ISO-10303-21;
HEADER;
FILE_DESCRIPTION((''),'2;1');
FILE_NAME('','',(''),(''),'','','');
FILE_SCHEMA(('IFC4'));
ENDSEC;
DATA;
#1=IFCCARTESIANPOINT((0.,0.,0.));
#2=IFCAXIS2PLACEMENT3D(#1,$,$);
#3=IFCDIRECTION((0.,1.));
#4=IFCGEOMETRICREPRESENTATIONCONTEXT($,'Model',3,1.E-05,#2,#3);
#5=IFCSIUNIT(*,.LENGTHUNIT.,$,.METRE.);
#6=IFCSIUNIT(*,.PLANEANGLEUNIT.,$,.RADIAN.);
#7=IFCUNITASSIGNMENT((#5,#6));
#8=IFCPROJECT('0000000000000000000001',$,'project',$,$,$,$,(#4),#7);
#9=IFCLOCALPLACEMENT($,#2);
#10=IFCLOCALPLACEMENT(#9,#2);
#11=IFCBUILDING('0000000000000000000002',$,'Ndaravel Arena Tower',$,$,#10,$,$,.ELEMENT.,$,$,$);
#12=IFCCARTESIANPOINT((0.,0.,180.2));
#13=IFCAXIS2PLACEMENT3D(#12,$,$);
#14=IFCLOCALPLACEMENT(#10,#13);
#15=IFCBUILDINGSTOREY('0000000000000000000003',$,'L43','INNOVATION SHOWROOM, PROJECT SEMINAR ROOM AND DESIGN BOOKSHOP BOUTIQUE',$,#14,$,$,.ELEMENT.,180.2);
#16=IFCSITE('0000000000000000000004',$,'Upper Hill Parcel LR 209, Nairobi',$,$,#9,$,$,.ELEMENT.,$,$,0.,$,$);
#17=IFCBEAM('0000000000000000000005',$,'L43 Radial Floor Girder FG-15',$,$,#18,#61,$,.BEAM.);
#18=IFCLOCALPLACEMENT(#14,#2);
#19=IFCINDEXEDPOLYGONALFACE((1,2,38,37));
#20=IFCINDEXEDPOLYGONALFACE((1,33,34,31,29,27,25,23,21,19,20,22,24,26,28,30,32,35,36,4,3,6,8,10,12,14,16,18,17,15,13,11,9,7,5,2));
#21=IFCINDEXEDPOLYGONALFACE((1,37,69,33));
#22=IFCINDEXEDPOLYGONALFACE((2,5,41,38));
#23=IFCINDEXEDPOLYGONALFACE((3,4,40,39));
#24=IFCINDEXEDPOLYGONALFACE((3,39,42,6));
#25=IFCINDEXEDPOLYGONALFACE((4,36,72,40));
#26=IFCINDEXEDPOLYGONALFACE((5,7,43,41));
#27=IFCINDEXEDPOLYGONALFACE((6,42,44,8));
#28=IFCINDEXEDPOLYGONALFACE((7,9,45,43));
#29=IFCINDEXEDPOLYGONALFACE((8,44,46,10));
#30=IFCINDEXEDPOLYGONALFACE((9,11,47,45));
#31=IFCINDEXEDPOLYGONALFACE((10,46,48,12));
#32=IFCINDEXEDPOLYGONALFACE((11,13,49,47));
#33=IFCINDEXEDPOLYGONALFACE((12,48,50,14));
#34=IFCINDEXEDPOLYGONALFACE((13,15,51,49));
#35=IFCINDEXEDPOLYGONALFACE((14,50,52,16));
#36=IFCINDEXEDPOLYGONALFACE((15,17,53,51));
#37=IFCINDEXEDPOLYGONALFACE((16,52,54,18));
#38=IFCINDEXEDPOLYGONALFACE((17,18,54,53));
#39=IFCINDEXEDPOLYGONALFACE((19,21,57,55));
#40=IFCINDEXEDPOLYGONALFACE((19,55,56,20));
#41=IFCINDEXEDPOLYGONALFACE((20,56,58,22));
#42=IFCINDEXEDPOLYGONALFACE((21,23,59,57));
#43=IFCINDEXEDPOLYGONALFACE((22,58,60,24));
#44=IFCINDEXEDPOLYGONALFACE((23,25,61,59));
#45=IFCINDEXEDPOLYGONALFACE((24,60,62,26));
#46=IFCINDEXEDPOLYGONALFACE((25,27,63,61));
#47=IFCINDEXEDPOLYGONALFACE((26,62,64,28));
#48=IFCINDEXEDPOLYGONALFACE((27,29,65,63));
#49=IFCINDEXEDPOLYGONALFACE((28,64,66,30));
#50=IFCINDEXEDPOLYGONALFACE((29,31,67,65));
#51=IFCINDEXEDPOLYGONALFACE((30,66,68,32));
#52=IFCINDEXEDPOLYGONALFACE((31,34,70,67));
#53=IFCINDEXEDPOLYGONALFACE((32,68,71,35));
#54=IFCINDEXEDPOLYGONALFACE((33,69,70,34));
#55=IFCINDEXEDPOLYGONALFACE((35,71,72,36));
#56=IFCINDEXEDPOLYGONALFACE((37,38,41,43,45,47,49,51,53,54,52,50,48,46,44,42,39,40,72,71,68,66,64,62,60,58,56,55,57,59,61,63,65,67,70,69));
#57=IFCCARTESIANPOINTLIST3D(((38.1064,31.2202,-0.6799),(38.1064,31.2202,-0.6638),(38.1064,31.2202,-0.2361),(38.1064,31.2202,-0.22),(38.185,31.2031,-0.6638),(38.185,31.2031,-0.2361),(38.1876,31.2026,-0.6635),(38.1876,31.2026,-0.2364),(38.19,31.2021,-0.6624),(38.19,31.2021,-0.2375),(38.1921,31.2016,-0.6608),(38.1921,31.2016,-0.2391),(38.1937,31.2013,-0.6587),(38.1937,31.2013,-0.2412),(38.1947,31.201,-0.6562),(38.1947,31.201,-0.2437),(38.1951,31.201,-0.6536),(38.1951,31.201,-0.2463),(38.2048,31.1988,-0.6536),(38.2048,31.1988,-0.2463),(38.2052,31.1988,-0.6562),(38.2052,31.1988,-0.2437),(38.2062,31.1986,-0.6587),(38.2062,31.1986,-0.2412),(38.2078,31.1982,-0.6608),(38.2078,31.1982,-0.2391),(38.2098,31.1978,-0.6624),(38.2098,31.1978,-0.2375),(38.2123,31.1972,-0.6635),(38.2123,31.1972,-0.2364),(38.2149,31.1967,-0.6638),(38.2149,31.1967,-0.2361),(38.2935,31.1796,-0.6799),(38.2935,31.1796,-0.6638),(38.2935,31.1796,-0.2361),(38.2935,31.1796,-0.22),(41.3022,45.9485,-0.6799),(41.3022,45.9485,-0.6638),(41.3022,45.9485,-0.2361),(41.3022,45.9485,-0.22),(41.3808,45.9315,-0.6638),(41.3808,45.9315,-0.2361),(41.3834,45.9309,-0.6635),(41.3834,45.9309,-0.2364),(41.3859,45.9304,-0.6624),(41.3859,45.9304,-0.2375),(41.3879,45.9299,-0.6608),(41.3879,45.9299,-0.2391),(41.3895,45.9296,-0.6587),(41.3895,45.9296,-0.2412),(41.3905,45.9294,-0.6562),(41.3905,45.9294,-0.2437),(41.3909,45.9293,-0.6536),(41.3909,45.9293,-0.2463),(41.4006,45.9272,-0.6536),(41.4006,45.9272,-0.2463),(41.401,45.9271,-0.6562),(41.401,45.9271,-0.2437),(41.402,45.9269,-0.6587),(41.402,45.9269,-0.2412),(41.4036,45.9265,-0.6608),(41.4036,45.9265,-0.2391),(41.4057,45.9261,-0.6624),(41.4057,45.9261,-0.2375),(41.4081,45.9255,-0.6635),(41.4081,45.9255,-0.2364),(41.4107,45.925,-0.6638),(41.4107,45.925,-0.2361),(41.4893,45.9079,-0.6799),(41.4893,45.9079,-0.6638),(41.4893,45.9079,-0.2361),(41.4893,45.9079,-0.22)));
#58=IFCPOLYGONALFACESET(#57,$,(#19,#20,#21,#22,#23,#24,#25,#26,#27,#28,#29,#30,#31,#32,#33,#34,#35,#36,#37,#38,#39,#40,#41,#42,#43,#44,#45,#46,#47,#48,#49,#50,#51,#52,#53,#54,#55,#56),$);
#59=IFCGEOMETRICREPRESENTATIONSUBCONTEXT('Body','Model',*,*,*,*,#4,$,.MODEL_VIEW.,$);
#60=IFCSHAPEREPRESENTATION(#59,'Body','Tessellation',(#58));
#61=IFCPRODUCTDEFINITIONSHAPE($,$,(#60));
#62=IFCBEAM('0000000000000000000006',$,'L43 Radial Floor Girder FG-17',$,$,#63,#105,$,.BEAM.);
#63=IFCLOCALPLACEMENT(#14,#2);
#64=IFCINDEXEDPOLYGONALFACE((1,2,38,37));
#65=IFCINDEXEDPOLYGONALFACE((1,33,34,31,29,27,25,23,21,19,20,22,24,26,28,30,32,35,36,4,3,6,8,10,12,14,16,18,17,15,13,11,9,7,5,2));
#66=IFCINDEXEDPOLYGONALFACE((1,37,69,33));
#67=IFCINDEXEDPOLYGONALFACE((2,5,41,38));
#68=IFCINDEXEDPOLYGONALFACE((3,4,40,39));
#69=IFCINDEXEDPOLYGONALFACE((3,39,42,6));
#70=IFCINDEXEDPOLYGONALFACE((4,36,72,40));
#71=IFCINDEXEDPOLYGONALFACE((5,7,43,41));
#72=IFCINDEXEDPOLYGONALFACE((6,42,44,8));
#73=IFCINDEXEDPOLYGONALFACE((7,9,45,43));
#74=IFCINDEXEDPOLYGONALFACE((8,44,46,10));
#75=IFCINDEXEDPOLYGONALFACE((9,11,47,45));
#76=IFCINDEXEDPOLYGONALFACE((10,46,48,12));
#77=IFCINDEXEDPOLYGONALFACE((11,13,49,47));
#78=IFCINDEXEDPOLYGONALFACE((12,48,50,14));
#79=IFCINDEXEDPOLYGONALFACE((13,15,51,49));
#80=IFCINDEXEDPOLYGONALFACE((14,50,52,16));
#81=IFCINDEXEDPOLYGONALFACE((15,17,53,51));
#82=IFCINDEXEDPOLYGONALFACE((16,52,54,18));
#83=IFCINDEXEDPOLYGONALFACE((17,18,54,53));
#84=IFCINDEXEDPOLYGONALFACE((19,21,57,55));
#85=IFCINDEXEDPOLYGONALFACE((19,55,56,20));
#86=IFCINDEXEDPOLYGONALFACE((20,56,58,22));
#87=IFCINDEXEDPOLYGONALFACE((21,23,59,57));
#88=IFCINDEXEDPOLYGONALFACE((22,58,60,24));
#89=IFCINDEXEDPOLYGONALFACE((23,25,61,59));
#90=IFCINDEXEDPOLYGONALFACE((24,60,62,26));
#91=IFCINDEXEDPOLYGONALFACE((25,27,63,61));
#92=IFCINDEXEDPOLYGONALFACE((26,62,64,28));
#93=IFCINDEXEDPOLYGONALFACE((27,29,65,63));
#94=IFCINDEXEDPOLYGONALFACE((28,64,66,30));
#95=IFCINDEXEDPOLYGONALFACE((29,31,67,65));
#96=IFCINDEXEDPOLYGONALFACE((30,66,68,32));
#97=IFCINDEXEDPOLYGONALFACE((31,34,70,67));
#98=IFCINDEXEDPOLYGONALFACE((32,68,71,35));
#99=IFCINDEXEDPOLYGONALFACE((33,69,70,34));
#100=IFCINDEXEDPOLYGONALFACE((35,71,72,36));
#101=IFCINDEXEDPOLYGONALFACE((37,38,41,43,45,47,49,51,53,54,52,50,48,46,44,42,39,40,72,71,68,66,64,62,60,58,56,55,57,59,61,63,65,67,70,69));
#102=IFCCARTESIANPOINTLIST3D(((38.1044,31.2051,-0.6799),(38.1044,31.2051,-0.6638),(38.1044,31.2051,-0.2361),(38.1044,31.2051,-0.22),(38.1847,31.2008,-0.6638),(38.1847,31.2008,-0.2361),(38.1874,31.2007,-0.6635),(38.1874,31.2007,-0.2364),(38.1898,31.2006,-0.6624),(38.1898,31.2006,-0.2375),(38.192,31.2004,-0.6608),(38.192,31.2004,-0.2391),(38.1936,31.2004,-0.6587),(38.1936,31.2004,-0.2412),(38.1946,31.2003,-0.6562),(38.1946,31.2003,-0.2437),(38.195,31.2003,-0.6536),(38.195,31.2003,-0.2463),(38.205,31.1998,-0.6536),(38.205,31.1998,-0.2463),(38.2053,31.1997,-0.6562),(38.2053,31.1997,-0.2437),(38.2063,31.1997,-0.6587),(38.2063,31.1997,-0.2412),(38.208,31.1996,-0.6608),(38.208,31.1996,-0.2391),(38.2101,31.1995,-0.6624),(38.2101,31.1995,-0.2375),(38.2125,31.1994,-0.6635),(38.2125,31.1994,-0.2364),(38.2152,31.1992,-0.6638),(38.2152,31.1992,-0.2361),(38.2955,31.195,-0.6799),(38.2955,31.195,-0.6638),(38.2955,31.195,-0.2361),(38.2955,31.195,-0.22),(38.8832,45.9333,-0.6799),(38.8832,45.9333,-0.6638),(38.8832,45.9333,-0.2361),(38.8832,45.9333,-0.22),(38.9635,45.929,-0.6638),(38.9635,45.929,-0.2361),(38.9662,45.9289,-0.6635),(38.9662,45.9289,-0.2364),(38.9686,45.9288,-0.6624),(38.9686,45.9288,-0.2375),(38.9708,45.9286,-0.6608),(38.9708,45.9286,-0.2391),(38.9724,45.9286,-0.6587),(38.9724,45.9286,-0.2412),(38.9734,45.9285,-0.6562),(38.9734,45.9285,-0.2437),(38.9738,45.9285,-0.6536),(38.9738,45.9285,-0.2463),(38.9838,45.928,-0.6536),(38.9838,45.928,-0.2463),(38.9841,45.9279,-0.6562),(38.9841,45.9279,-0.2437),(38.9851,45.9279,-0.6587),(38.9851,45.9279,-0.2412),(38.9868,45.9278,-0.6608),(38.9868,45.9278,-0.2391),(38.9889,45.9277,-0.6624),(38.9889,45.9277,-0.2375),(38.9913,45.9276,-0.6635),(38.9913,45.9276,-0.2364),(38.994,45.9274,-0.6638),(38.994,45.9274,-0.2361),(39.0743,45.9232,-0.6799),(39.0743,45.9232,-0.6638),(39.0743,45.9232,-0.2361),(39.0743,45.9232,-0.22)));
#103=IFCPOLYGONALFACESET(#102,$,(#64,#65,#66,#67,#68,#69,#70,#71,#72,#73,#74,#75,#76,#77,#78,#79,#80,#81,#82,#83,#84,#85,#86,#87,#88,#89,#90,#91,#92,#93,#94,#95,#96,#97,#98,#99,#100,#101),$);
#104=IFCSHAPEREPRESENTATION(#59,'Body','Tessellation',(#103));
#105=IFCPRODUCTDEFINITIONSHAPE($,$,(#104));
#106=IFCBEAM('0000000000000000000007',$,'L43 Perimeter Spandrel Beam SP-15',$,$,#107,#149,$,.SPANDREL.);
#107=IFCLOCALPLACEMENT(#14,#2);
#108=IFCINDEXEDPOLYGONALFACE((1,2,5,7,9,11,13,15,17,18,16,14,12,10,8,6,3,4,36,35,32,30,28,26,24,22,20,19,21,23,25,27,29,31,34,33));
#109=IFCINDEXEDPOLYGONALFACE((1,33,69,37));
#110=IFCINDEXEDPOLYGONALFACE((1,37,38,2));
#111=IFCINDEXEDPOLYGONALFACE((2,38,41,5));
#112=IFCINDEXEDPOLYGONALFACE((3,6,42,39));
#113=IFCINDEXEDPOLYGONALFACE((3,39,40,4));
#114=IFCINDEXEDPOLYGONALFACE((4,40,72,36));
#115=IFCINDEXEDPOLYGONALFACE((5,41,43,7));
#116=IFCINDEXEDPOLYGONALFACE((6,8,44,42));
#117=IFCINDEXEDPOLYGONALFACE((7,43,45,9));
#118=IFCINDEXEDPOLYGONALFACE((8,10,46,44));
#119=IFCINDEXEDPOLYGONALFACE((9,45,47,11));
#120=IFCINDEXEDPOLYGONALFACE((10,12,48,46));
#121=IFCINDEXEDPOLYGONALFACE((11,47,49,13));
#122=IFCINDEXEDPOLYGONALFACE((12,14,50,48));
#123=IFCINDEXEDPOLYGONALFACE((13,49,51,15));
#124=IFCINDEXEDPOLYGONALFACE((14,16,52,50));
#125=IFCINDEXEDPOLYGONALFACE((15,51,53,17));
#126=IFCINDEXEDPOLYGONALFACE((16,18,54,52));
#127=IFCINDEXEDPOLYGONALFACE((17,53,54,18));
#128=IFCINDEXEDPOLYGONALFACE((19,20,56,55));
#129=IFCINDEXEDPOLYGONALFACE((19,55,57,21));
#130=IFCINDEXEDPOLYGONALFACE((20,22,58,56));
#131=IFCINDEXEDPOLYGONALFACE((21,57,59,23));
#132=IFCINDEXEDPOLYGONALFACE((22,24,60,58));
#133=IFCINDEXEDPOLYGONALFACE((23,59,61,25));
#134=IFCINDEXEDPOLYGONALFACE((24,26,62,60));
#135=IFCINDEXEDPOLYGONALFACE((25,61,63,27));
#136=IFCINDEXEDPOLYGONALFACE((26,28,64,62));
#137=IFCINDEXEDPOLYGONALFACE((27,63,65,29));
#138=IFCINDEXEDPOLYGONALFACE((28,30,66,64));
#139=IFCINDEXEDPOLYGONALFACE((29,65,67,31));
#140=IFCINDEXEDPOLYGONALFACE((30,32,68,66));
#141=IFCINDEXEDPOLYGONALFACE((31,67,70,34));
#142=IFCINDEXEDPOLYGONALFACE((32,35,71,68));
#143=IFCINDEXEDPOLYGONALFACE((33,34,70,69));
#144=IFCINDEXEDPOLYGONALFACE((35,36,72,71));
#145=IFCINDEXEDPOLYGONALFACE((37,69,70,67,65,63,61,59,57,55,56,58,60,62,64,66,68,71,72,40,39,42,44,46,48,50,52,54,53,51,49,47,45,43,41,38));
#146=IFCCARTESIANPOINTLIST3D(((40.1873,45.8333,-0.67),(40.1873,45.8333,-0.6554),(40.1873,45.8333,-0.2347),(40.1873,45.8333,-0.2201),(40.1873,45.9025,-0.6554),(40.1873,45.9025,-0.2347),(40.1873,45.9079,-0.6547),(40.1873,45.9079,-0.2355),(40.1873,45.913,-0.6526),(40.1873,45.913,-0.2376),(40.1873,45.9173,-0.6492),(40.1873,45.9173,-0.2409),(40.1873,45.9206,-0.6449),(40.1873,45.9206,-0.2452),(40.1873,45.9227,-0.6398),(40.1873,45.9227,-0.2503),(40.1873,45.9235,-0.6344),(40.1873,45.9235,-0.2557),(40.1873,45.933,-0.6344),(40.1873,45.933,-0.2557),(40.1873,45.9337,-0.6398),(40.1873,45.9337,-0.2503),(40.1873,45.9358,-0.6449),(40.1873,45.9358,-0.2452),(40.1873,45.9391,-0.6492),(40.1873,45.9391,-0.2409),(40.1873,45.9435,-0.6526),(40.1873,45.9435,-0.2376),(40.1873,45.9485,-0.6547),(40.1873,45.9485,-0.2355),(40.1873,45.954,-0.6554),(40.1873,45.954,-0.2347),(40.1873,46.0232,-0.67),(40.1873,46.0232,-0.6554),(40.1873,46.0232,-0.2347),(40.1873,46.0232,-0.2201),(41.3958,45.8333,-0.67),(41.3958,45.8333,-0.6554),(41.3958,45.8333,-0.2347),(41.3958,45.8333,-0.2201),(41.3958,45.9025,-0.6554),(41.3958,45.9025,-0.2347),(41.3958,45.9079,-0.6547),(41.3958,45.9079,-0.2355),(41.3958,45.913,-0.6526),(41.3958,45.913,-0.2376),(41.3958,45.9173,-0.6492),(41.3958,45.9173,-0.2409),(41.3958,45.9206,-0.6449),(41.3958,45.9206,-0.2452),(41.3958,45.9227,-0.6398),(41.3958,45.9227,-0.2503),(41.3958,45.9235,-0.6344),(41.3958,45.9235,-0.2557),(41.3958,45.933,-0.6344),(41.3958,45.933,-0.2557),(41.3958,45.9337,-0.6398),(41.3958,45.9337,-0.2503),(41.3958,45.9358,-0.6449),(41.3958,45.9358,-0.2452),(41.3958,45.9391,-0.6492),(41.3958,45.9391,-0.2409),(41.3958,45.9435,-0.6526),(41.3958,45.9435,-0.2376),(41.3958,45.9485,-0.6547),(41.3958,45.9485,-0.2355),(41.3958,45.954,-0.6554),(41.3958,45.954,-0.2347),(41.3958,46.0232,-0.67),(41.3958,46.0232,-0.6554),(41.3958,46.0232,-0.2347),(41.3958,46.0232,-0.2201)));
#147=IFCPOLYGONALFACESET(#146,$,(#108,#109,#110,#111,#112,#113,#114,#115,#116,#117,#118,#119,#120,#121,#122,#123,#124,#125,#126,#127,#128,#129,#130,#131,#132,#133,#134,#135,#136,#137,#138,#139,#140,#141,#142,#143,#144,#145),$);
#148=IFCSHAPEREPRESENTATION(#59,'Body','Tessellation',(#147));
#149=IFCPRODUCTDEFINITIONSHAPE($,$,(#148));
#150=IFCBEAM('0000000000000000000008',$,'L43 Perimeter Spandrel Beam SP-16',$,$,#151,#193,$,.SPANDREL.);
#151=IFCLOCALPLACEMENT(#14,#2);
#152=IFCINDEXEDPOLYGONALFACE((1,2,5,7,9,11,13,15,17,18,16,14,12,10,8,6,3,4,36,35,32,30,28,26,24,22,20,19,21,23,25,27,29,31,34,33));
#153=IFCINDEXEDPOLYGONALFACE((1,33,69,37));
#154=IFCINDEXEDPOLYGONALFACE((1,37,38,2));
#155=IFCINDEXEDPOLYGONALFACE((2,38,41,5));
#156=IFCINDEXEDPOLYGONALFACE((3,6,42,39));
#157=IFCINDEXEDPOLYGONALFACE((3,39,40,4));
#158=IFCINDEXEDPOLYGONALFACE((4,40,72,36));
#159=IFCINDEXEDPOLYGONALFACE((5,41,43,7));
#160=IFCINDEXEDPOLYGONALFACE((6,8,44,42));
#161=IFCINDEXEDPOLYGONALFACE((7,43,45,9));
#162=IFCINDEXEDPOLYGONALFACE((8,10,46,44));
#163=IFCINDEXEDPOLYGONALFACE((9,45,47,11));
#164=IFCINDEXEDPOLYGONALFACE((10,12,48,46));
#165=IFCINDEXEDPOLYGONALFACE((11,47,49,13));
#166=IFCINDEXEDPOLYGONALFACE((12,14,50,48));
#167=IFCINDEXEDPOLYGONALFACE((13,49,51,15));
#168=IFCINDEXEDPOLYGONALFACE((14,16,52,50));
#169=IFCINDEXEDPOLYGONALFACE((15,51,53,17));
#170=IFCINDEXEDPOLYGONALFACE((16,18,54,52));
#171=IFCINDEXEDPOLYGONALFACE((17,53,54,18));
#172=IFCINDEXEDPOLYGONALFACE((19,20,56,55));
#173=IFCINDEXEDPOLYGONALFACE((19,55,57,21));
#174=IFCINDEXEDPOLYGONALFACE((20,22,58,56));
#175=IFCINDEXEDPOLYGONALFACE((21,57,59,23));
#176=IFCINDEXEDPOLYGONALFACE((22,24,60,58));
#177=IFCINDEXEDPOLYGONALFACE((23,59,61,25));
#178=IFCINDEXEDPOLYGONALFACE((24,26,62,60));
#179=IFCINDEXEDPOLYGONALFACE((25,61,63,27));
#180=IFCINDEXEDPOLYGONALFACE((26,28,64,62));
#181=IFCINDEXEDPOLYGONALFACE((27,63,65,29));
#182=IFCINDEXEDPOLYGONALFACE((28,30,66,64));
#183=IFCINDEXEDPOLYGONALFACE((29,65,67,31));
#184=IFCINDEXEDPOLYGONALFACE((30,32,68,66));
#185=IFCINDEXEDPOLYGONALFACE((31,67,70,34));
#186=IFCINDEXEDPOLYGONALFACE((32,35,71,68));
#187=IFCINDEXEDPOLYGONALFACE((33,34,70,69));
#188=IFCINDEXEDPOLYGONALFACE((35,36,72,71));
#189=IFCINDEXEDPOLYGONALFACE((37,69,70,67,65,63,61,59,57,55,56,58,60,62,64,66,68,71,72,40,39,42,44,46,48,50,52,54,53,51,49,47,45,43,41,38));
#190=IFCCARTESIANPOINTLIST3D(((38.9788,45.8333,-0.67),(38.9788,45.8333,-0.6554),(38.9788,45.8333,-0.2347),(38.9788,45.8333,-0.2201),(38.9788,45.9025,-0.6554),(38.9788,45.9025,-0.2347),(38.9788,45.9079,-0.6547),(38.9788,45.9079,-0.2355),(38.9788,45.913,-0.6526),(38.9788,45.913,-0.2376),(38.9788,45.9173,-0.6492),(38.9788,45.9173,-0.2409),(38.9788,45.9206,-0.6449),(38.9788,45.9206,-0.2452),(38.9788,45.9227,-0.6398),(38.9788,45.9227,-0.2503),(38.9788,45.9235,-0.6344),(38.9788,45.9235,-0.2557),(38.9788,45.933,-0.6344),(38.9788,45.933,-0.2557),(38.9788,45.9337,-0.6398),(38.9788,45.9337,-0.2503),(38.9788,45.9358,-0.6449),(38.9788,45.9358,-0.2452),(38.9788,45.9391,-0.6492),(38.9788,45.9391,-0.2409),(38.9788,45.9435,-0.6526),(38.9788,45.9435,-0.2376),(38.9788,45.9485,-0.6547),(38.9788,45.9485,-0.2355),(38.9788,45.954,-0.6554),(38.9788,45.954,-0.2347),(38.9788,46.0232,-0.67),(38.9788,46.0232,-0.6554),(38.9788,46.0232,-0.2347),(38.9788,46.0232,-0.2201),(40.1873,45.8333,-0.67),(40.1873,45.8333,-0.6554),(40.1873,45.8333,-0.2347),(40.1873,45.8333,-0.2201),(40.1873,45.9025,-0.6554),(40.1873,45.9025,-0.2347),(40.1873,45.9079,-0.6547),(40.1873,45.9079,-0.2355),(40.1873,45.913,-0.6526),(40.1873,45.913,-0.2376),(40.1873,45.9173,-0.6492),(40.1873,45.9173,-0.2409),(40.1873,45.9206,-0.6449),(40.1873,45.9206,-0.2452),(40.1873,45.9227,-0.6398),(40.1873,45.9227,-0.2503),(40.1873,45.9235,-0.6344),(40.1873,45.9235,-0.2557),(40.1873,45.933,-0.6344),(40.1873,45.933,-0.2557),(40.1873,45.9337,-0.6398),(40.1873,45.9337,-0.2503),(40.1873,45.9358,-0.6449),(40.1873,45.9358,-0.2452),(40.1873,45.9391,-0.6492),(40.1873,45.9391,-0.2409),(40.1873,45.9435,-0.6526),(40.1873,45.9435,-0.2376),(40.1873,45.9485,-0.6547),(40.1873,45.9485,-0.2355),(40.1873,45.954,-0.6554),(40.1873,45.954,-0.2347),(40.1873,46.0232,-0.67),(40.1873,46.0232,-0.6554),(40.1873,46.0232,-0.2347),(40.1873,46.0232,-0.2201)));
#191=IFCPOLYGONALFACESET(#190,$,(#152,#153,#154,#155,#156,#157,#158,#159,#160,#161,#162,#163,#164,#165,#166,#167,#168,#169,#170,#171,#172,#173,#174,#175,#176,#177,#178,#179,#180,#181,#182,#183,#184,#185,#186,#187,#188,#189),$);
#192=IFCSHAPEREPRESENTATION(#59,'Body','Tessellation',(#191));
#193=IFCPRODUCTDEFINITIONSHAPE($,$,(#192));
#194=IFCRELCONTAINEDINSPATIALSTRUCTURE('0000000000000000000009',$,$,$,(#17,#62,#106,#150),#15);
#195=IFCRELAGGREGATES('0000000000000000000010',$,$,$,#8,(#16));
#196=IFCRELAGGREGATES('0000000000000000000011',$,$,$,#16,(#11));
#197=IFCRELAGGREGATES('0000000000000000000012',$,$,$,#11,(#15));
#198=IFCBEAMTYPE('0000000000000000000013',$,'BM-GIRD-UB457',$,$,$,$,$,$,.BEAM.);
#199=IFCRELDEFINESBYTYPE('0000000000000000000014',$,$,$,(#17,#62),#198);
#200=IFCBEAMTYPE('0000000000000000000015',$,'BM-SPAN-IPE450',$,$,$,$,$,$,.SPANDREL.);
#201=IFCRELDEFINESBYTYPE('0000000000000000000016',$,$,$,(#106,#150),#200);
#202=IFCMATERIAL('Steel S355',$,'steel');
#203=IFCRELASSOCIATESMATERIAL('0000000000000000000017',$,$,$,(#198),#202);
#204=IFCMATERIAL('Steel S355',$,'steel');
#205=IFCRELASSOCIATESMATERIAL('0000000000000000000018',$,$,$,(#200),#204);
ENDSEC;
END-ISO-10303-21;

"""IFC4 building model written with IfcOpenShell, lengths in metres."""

from ifc_helpers import new_model, si_unit, direction, frame, origin, origin_2d, place, context, subcontext, project, spatial, i_section, extrude, material, material_profile, profile_set, type_object, element, save


model = new_model("IFC4")

# Units and contexts
model_context = context("Model", 3, precision=1e-05, world=origin(), true_north=direction((0.0, 1.0)))
body_context = subcontext(model_context, "Body", "Model", "MODEL_VIEW")
ifc_project = project(units=[si_unit("LENGTHUNIT", "METRE"), si_unit("PLANEANGLEUNIT", "RADIAN")], contexts=[model_context])

# Site, building, storey
site_placement = place(None, origin())
site = spatial("IfcSite", under=ifc_project, at=site_placement, Name="Upper Hill Parcel LR 209, Nairobi", CompositionType="ELEMENT", RefElevation=0.0)
building_placement = place(site_placement, origin())
building = spatial("IfcBuilding", under=site, at=building_placement, Name="Ndaravel Arena Tower", CompositionType="ELEMENT")
storey_placement = place(building_placement, frame((0.0, 0.0, 180.2)))
storey = spatial("IfcBuildingStorey", under=building, at=storey_placement, Name="L43", Description="INNOVATION SHOWROOM, PROJECT SEMINAR ROOM AND DESIGN BOOKSHOP BOUTIQUE", CompositionType="ELEMENT", Elevation=180.2)

# Beams
ifc_material_1 = material(Name="Steel S355", Category="steel")
ifc_material_profile_1 = material_profile(ifc_material_1, i_section(OverallWidth=0.1914, OverallDepth=0.46, WebThickness=0.01, FlangeThickness=0.0161, FilletRadius=0.0103, at=origin_2d()), Name="UB 457x191x82")
ifc_profile_set_1 = profile_set([ifc_material_profile_1], Name="Steel S355")
beam_type_1 = type_object("IfcBeamType", Name="BM-GIRD-UB457", PredefinedType="BEAM", material=ifc_profile_set_1)
beam_1_placement = place(storey_placement, frame((41.3958, 45.9282, -0.45), z_axis=(-0.21205, -0.977259, 0.0), x_axis=(0.977259, -0.21205, 0.0)))
element("IfcBeam", 1, at=beam_1_placement, inside=storey, type_object=beam_type_1, Name="L43 Radial Floor Girder FG-15", PredefinedType="BEAM", context=body_context, shape_type="SweptSolid", body=[
    extrude(i_section(OverallWidth=0.1914, OverallDepth=0.46, WebThickness=0.01, FlangeThickness=0.0161, FilletRadius=0.0103, at=origin_2d()), origin(), (0.0, 0.0, 1.0), 15.071),
])
beam_2_placement = place(storey_placement, frame((38.9788, 45.9282, -0.45), z_axis=(-0.052805, -0.998605, 0.0), x_axis=(0.998605, -0.052805, 0.0)))
element("IfcBeam", 2, at=beam_2_placement, inside=storey, type_object=beam_type_1, Name="L43 Radial Floor Girder FG-17", PredefinedType="BEAM", context=body_context, shape_type="SweptSolid", body=[
    extrude(i_section(OverallWidth=0.1914, OverallDepth=0.46, WebThickness=0.01, FlangeThickness=0.0161, FilletRadius=0.0103, at=origin_2d()), origin(), (0.0, 0.0, 1.0), 14.7488),
])
ifc_material_2 = material(Name="Steel S355", Category="steel")
ifc_material_profile_2 = material_profile(ifc_material_2, i_section(OverallWidth=0.1899, OverallDepth=0.45, WebThickness=0.0095, FlangeThickness=0.0146, FilletRadius=0.021, at=origin_2d()), Name="IPE 450")
ifc_profile_set_2 = profile_set([ifc_material_profile_2], Name="Steel S355")
beam_type_2 = type_object("IfcBeamType", Name="BM-SPAN-IPE450", PredefinedType="SPANDREL", material=ifc_profile_set_2)
for number, where, z_axis, x_axis, name in (
    (3, (41.3958, 45.9282, -0.4451), (-1.0, 0.0, 0.0), (0.0, -1.0, 0.0), "L43 Perimeter Spandrel Beam SP-15"),
    (4, (40.1873, 45.9282, -0.4451), (-1.0, 0.0, 0.0), (0.0, -1.0, 0.0), "L43 Perimeter Spandrel Beam SP-16"),
):
    element("IfcBeam", number, at=place(storey_placement, frame(where, z_axis=z_axis, x_axis=x_axis)), inside=storey, type_object=beam_type_2, Name=name, PredefinedType="SPANDREL", context=body_context, shape_type="SweptSolid", body=[
        extrude(i_section(OverallWidth=0.1899, OverallDepth=0.45, WebThickness=0.0095, FlangeThickness=0.0146, FilletRadius=0.021, at=origin_2d()), origin(), (0.0, 0.0, 1.0), 1.2085),
    ])

save(model, "model.ifc")
